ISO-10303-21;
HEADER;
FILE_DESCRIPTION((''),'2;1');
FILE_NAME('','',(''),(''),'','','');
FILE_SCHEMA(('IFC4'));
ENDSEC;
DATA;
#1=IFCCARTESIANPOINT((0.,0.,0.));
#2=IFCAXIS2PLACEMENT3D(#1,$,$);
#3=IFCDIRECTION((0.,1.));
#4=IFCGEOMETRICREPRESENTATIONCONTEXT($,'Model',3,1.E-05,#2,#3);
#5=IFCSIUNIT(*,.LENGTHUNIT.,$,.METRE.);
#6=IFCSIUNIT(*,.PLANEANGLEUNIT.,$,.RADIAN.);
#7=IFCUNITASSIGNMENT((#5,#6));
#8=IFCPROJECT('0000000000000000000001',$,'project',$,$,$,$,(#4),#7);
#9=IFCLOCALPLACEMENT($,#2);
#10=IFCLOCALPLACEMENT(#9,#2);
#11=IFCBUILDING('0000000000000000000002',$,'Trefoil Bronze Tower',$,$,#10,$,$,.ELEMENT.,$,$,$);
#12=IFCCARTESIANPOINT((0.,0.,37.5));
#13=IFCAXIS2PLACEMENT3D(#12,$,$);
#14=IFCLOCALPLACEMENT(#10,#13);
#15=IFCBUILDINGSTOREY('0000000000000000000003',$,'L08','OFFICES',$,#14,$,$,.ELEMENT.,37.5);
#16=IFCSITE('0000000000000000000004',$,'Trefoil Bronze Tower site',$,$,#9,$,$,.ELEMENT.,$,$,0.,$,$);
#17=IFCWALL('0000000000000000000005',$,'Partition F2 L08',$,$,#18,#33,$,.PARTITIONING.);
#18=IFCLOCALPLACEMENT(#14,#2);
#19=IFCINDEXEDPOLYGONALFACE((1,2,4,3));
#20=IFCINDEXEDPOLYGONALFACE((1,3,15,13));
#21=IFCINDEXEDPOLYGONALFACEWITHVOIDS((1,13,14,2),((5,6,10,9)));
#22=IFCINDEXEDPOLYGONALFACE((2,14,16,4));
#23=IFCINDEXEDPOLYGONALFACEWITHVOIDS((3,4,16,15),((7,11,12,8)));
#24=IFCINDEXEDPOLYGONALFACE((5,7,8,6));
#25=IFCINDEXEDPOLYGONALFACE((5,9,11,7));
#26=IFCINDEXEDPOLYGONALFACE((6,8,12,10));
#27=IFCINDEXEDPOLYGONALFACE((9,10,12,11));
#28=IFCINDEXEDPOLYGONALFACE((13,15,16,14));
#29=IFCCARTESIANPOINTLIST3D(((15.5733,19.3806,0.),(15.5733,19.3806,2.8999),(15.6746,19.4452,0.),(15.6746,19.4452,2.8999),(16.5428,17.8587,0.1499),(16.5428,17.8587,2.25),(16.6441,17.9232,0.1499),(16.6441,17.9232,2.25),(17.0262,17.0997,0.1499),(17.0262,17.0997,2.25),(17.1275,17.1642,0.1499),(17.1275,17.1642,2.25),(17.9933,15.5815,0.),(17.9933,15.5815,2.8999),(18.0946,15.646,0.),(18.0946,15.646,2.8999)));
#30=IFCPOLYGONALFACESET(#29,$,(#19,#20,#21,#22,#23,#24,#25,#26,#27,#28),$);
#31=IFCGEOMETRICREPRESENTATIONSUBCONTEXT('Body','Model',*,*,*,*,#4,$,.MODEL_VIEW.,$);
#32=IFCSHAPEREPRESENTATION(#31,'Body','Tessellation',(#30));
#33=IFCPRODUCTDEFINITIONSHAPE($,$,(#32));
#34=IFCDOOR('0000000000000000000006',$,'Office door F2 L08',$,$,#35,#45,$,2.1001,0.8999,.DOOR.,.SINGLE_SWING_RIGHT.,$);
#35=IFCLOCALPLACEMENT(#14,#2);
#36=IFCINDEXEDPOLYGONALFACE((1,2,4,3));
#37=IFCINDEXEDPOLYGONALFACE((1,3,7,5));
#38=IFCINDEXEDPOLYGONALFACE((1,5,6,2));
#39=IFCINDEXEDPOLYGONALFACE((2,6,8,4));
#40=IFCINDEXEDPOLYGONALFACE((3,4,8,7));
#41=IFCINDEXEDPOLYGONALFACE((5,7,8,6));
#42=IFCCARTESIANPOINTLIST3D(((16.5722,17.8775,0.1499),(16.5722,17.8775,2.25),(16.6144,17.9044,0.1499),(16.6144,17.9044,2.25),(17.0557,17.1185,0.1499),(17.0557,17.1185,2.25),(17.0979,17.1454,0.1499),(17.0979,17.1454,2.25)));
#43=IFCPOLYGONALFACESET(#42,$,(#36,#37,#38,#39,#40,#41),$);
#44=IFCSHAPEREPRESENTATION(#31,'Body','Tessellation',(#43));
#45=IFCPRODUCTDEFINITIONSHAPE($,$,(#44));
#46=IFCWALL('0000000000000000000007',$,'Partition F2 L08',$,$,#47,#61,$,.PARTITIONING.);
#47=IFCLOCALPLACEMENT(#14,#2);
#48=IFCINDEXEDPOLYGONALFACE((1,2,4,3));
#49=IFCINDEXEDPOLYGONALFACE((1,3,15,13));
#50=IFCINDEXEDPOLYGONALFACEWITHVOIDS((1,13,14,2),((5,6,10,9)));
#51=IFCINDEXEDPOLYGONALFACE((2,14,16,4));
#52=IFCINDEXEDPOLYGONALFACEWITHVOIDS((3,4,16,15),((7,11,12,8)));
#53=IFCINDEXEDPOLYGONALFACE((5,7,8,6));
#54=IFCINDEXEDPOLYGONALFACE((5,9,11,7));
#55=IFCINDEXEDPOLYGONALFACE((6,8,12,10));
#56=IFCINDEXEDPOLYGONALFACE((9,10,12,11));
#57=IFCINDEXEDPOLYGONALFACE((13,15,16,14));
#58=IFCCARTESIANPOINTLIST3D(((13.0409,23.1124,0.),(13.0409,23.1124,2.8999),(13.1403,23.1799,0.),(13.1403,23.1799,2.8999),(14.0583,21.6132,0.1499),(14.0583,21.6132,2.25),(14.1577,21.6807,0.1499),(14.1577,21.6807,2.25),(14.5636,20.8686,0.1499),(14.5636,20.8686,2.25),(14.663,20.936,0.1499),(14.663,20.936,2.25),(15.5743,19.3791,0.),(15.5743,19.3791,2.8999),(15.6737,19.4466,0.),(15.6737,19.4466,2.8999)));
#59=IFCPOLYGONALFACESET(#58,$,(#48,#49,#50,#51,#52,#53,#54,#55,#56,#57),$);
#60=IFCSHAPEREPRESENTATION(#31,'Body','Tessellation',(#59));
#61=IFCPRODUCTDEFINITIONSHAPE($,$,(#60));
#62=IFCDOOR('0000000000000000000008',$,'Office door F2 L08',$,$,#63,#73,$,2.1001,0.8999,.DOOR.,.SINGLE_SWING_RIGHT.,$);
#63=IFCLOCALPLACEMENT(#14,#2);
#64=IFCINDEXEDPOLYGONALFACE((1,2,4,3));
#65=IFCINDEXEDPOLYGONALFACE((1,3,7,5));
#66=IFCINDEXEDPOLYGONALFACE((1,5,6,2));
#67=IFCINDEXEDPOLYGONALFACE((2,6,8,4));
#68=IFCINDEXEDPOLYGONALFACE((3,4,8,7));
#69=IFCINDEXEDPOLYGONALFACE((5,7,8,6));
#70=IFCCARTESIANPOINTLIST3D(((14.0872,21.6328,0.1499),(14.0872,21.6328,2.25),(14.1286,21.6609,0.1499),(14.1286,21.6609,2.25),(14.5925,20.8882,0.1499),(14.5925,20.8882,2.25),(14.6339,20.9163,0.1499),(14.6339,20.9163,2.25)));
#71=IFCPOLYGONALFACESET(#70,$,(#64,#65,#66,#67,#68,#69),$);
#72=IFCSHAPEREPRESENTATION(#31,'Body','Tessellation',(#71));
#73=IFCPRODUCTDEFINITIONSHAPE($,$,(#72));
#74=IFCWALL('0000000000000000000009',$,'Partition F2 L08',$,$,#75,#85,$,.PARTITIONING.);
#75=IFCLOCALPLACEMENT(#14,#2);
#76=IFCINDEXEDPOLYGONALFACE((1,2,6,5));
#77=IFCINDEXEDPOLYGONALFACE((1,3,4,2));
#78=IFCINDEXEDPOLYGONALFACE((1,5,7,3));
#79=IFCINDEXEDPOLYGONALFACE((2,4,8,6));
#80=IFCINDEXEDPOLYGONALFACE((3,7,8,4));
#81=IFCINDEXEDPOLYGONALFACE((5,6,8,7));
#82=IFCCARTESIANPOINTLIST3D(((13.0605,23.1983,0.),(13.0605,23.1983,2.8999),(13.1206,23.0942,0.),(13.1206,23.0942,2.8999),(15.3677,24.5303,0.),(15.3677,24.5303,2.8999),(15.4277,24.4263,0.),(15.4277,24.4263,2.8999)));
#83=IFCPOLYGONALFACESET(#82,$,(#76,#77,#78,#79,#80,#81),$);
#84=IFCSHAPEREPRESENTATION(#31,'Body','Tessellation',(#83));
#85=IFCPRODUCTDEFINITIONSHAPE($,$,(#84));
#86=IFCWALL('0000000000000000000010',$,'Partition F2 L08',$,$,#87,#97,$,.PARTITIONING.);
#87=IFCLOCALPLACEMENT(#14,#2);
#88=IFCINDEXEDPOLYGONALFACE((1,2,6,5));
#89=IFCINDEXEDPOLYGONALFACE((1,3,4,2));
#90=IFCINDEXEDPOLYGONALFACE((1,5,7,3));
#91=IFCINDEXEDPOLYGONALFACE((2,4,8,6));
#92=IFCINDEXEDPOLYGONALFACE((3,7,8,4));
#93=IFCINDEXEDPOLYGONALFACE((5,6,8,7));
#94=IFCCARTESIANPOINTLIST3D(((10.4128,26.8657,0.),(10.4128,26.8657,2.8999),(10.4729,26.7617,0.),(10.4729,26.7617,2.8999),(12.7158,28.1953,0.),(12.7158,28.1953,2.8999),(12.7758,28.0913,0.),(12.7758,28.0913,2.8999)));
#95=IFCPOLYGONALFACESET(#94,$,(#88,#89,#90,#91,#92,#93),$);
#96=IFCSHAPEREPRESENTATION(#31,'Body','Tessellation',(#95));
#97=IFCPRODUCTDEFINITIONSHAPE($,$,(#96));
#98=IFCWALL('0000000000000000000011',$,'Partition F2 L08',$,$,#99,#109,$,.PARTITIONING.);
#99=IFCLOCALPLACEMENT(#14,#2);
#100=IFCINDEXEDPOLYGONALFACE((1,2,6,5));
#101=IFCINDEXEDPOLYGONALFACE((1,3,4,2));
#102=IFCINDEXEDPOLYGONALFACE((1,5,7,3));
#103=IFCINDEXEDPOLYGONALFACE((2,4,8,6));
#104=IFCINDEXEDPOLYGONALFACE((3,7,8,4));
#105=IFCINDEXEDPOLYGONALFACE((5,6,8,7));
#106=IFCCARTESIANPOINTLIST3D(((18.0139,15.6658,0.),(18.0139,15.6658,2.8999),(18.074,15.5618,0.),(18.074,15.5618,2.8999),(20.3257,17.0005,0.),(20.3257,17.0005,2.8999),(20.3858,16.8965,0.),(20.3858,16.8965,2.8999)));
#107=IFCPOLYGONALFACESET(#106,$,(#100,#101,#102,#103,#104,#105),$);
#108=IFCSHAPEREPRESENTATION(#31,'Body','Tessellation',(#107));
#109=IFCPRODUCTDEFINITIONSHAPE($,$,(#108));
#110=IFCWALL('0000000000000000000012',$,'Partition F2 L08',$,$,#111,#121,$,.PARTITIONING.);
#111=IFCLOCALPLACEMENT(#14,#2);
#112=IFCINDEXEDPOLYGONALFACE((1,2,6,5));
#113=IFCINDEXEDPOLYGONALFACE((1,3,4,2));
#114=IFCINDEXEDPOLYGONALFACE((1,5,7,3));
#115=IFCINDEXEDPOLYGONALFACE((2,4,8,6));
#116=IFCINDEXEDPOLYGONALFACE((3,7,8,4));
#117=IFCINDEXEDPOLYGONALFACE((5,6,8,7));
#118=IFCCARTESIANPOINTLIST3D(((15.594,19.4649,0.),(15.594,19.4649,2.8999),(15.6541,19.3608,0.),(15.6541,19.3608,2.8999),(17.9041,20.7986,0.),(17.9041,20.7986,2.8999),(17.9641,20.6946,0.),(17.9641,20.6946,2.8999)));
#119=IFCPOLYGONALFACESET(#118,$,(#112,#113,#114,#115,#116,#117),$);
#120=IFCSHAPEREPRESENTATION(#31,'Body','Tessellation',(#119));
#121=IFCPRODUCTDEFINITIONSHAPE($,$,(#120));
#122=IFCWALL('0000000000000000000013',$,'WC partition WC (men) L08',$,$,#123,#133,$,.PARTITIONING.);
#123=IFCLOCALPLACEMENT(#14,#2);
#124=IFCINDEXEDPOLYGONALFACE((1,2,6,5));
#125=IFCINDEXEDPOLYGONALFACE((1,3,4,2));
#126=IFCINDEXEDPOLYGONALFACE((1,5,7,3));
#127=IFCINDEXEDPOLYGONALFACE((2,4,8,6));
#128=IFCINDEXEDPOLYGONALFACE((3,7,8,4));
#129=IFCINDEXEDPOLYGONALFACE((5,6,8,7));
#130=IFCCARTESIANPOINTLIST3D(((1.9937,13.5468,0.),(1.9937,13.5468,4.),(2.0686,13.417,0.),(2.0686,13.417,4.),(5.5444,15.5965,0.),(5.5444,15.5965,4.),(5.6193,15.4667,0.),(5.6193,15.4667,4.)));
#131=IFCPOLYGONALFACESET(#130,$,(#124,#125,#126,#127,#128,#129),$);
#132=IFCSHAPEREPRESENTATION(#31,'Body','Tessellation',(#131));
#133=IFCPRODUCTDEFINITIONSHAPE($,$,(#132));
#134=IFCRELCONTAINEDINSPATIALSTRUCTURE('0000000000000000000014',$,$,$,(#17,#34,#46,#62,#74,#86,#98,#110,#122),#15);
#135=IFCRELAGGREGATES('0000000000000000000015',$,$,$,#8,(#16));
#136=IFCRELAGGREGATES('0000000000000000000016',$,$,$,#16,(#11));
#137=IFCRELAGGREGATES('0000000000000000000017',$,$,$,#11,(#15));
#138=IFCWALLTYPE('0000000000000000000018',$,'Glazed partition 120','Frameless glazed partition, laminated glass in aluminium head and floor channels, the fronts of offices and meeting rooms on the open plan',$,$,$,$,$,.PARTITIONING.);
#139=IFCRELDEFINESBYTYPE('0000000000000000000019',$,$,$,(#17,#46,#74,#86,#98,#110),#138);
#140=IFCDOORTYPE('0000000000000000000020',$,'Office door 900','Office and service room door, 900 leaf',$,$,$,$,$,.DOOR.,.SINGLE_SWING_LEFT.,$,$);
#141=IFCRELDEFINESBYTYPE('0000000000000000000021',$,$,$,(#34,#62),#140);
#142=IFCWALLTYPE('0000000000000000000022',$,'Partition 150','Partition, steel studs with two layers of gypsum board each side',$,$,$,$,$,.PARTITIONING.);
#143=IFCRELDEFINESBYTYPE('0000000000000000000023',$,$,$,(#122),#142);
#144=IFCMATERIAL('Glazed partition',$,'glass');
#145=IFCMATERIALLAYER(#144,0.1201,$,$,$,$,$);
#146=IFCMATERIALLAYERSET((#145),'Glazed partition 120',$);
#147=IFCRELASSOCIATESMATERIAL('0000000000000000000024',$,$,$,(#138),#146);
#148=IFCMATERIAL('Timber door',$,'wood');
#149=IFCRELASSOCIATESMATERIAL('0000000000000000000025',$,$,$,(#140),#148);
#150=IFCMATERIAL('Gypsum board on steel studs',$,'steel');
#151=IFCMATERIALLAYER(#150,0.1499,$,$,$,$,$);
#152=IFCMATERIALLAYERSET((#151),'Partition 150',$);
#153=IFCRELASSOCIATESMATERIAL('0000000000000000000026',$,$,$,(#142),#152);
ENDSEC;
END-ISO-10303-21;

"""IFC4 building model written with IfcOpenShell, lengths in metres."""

from ifc_helpers import new_model, si_unit, direction, frame, frame_2d, origin, place, context, subcontext, project, spatial, rectangle, extrude, material, layer, layer_set, type_object, element, fill, save


model = new_model("IFC4")

# Units and contexts
model_context = context("Model", 3, precision=1e-05, world=origin(), true_north=direction((0.0, 1.0)))
body_context = subcontext(model_context, "Body", "Model", "MODEL_VIEW")
ifc_project = project(units=[si_unit("LENGTHUNIT", "METRE"), si_unit("PLANEANGLEUNIT", "RADIAN")], contexts=[model_context])

# Site, building, storey
site_placement = place(None, origin())
site = spatial("IfcSite", under=ifc_project, at=site_placement, Name="Trefoil Bronze Tower site", CompositionType="ELEMENT", RefElevation=0.0)
building_placement = place(site_placement, origin())
building = spatial("IfcBuilding", under=site, at=building_placement, Name="Trefoil Bronze Tower", CompositionType="ELEMENT")
storey_placement = place(building_placement, frame((0.0, 0.0, 37.5)))
storey = spatial("IfcBuildingStorey", under=building, at=storey_placement, Name="L08", Description="OFFICES", CompositionType="ELEMENT", Elevation=37.5)

# Shared definitions
ifc_material_1 = material(Name="Glazed partition", Category="glass")
ifc_layer_1 = layer(ifc_material_1, 0.1201)
ifc_layer_set_1 = layer_set([ifc_layer_1], Name="Glazed partition 120")
wall_type_1 = type_object("IfcWallType", Name="Glazed partition 120", Description="Frameless glazed partition, laminated glass in aluminium head and floor channels, the fronts of offices and meeting rooms on the open plan", PredefinedType="PARTITIONING", material=ifc_layer_set_1)

# Walls, openings, doors
ifc_material_2 = material(Name="Timber door", Category="wood")
door_type = type_object("IfcDoorType", Name="Office door 900", Description="Office and service room door, 900 leaf", OperationType="SINGLE_SWING_LEFT", PredefinedType="DOOR", material=ifc_material_2)
wall_1_placement = place(storey_placement, frame((18.0439, 15.6138, 0.0), z_axis=(0.0, 0.0, 1.0), x_axis=(-0.537244, 0.843427, 0.0)))
wall_1 = element("IfcWall", 1, at=wall_1_placement, inside=storey, type_object=wall_type_1, Name="Partition F2 L08", PredefinedType="PARTITIONING", context=body_context, shape_type="SweptSolid", body=[
    extrude(rectangle(XDim=4.5044, YDim=0.1201, at=frame_2d((2.2522, 0.0))), origin(), (0.0, 0.0, 1.0), 2.8999),
])
opening_1_placement = place(wall_1_placement, frame((1.8, 0.0, 0.1499)))
opening_1 = element("IfcOpeningElement", 2, at=opening_1_placement, cuts=wall_1, PredefinedType="OPENING", context=body_context, shape_type="SweptSolid", body=[
    extrude(rectangle(XDim=0.8999, YDim=2.1001, at=frame_2d((0.45, 1.05))), frame((0.0, 0.0701, 0.0), z_axis=(0.0, -1.0, 0.0), x_axis=(1.0, 0.0, 0.0)), (0.0, 0.0, 1.0), 0.1401),
])
door_1_placement = place(opening_1_placement, frame((0.8999, 0.0, 0.0), z_axis=(0.0, 0.0, 1.0), x_axis=(-1.0, 0.0, 0.0)))
door_1 = element("IfcDoor", 3, at=door_1_placement, inside=storey, type_object=door_type, Name="Office door F2 L08", OperationType="SINGLE_SWING_RIGHT", OverallHeight=2.1001, OverallWidth=0.8999, PredefinedType="DOOR", context=body_context, shape_type="SweptSolid", body=[
    extrude(rectangle(XDim=0.8999, YDim=2.1001, at=frame_2d((0.45, 1.05))), frame((0.0, 0.0249, 0.0), z_axis=(0.0, -1.0, 0.0), x_axis=(1.0, 0.0, 0.0)), (0.0, 0.0, 1.0), 0.05),
])
fill(opening_1, door_1)
wall_2_placement = place(storey_placement, frame((15.624, 19.4128, 0.0), z_axis=(0.0, 0.0, 1.0), x_axis=(-0.561512, 0.827469, 0.0)))
wall_2 = element("IfcWall", 4, at=wall_2_placement, inside=storey, type_object=wall_type_1, Name="Partition F2 L08", PredefinedType="PARTITIONING", context=body_context, shape_type="SweptSolid", body=[
    extrude(rectangle(XDim=4.5117, YDim=0.1201, at=frame_2d((2.2559, 0.0))), origin(), (0.0, 0.0, 1.0), 2.8999),
])
opening_2_placement = place(wall_2_placement, frame((1.8, 0.0, 0.1499)))
opening_2 = element("IfcOpeningElement", 5, at=opening_2_placement, cuts=wall_2, PredefinedType="OPENING", context=body_context, shape_type="SweptSolid", body=[
    extrude(rectangle(XDim=0.8999, YDim=2.1001, at=frame_2d((0.45, 1.05))), frame((0.0, 0.0701, 0.0), z_axis=(0.0, -1.0, 0.0), x_axis=(1.0, 0.0, 0.0)), (0.0, 0.0, 1.0), 0.1401),
])
door_2_placement = place(opening_2_placement, frame((0.8999, 0.0, 0.0), z_axis=(0.0, 0.0, 1.0), x_axis=(-1.0, 0.0, 0.0)))
door_2 = element("IfcDoor", 6, at=door_2_placement, inside=storey, type_object=door_type, Name="Office door F2 L08", OperationType="SINGLE_SWING_RIGHT", OverallHeight=2.1001, OverallWidth=0.8999, PredefinedType="DOOR", context=body_context, shape_type="SweptSolid", body=[
    extrude(rectangle(XDim=0.8999, YDim=2.1001, at=frame_2d((0.45, 1.05))), frame((0.0, 0.0249, 0.0), z_axis=(0.0, -1.0, 0.0), x_axis=(1.0, 0.0, 0.0)), (0.0, 0.0, 1.0), 0.05),
])
fill(opening_2, door_2)

# Walls
wall_3_placement = place(storey_placement, frame((13.0906, 23.1462, 0.0), z_axis=(0.0, 0.0, 1.0), x_axis=(0.866024, 0.500003, 0.0)))
element("IfcWall", 7, at=wall_3_placement, inside=storey, type_object=wall_type_1, Name="Partition F2 L08", PredefinedType="PARTITIONING", context=body_context, shape_type="SweptSolid", body=[
    extrude(rectangle(XDim=2.6641, YDim=0.1201, at=frame_2d((1.332, 0.0))), origin(), (0.0, 0.0, 1.0), 2.8999),
])
wall_4_placement = place(storey_placement, frame((10.4429, 26.8137, 0.0), z_axis=(0.0, 0.0, 1.0), x_axis=(0.866031, 0.49999, 0.0)))
element("IfcWall", 8, at=wall_4_placement, inside=storey, type_object=wall_type_1, Name="Partition F2 L08", PredefinedType="PARTITIONING", context=body_context, shape_type="SweptSolid", body=[
    extrude(rectangle(XDim=2.6592, YDim=0.1201, at=frame_2d((1.3296, 0.0))), origin(), (0.0, 0.0, 1.0), 2.8999),
])
wall_5_placement = place(storey_placement, frame((18.0439, 15.6138, 0.0), z_axis=(0.0, 0.0, 1.0), x_axis=(0.866023, 0.500005, 0.0)))
element("IfcWall", 9, at=wall_5_placement, inside=storey, type_object=wall_type_1, Name="Partition F2 L08", PredefinedType="PARTITIONING", context=body_context, shape_type="SweptSolid", body=[
    extrude(rectangle(XDim=2.6694, YDim=0.1201, at=frame_2d((1.3347, 0.0))), origin(), (0.0, 0.0, 1.0), 2.8999),
])
wall_6_placement = place(storey_placement, frame((15.624, 19.4128, 0.0), z_axis=(0.0, 0.0, 1.0), x_axis=(0.866021, 0.500008, 0.0)))
element("IfcWall", 10, at=wall_6_placement, inside=storey, type_object=wall_type_1, Name="Partition F2 L08", PredefinedType="PARTITIONING", context=body_context, shape_type="SweptSolid", body=[
    extrude(rectangle(XDim=2.6675, YDim=0.1201, at=frame_2d((1.3337, 0.0))), origin(), (0.0, 0.0, 1.0), 2.8999),
])
ifc_material_3 = material(Name="Gypsum board on steel studs", Category="steel")
ifc_layer_2 = layer(ifc_material_3, 0.1499)
ifc_layer_set_2 = layer_set([ifc_layer_2], Name="Partition 150")
wall_type_2 = type_object("IfcWallType", Name="Partition 150", Description="Partition, steel studs with two layers of gypsum board each side", PredefinedType="PARTITIONING", material=ifc_layer_set_2)
wall_7_placement = place(storey_placement, frame((2.0312, 13.4819, 0.0), z_axis=(0.0, 0.0, 1.0), x_axis=(0.866051, 0.499956, 0.0)))
element("IfcWall", 11, at=wall_7_placement, inside=storey, type_object=wall_type_2, Name="WC partition WC (men) L08", PredefinedType="PARTITIONING", context=body_context, shape_type="SweptSolid", body=[
    extrude(rectangle(XDim=4.0999, YDim=0.1499, at=frame_2d((2.0498, 0.0))), origin(), (0.0, 0.0, 1.0), 4.0),
])

save(model, "model.ifc")
